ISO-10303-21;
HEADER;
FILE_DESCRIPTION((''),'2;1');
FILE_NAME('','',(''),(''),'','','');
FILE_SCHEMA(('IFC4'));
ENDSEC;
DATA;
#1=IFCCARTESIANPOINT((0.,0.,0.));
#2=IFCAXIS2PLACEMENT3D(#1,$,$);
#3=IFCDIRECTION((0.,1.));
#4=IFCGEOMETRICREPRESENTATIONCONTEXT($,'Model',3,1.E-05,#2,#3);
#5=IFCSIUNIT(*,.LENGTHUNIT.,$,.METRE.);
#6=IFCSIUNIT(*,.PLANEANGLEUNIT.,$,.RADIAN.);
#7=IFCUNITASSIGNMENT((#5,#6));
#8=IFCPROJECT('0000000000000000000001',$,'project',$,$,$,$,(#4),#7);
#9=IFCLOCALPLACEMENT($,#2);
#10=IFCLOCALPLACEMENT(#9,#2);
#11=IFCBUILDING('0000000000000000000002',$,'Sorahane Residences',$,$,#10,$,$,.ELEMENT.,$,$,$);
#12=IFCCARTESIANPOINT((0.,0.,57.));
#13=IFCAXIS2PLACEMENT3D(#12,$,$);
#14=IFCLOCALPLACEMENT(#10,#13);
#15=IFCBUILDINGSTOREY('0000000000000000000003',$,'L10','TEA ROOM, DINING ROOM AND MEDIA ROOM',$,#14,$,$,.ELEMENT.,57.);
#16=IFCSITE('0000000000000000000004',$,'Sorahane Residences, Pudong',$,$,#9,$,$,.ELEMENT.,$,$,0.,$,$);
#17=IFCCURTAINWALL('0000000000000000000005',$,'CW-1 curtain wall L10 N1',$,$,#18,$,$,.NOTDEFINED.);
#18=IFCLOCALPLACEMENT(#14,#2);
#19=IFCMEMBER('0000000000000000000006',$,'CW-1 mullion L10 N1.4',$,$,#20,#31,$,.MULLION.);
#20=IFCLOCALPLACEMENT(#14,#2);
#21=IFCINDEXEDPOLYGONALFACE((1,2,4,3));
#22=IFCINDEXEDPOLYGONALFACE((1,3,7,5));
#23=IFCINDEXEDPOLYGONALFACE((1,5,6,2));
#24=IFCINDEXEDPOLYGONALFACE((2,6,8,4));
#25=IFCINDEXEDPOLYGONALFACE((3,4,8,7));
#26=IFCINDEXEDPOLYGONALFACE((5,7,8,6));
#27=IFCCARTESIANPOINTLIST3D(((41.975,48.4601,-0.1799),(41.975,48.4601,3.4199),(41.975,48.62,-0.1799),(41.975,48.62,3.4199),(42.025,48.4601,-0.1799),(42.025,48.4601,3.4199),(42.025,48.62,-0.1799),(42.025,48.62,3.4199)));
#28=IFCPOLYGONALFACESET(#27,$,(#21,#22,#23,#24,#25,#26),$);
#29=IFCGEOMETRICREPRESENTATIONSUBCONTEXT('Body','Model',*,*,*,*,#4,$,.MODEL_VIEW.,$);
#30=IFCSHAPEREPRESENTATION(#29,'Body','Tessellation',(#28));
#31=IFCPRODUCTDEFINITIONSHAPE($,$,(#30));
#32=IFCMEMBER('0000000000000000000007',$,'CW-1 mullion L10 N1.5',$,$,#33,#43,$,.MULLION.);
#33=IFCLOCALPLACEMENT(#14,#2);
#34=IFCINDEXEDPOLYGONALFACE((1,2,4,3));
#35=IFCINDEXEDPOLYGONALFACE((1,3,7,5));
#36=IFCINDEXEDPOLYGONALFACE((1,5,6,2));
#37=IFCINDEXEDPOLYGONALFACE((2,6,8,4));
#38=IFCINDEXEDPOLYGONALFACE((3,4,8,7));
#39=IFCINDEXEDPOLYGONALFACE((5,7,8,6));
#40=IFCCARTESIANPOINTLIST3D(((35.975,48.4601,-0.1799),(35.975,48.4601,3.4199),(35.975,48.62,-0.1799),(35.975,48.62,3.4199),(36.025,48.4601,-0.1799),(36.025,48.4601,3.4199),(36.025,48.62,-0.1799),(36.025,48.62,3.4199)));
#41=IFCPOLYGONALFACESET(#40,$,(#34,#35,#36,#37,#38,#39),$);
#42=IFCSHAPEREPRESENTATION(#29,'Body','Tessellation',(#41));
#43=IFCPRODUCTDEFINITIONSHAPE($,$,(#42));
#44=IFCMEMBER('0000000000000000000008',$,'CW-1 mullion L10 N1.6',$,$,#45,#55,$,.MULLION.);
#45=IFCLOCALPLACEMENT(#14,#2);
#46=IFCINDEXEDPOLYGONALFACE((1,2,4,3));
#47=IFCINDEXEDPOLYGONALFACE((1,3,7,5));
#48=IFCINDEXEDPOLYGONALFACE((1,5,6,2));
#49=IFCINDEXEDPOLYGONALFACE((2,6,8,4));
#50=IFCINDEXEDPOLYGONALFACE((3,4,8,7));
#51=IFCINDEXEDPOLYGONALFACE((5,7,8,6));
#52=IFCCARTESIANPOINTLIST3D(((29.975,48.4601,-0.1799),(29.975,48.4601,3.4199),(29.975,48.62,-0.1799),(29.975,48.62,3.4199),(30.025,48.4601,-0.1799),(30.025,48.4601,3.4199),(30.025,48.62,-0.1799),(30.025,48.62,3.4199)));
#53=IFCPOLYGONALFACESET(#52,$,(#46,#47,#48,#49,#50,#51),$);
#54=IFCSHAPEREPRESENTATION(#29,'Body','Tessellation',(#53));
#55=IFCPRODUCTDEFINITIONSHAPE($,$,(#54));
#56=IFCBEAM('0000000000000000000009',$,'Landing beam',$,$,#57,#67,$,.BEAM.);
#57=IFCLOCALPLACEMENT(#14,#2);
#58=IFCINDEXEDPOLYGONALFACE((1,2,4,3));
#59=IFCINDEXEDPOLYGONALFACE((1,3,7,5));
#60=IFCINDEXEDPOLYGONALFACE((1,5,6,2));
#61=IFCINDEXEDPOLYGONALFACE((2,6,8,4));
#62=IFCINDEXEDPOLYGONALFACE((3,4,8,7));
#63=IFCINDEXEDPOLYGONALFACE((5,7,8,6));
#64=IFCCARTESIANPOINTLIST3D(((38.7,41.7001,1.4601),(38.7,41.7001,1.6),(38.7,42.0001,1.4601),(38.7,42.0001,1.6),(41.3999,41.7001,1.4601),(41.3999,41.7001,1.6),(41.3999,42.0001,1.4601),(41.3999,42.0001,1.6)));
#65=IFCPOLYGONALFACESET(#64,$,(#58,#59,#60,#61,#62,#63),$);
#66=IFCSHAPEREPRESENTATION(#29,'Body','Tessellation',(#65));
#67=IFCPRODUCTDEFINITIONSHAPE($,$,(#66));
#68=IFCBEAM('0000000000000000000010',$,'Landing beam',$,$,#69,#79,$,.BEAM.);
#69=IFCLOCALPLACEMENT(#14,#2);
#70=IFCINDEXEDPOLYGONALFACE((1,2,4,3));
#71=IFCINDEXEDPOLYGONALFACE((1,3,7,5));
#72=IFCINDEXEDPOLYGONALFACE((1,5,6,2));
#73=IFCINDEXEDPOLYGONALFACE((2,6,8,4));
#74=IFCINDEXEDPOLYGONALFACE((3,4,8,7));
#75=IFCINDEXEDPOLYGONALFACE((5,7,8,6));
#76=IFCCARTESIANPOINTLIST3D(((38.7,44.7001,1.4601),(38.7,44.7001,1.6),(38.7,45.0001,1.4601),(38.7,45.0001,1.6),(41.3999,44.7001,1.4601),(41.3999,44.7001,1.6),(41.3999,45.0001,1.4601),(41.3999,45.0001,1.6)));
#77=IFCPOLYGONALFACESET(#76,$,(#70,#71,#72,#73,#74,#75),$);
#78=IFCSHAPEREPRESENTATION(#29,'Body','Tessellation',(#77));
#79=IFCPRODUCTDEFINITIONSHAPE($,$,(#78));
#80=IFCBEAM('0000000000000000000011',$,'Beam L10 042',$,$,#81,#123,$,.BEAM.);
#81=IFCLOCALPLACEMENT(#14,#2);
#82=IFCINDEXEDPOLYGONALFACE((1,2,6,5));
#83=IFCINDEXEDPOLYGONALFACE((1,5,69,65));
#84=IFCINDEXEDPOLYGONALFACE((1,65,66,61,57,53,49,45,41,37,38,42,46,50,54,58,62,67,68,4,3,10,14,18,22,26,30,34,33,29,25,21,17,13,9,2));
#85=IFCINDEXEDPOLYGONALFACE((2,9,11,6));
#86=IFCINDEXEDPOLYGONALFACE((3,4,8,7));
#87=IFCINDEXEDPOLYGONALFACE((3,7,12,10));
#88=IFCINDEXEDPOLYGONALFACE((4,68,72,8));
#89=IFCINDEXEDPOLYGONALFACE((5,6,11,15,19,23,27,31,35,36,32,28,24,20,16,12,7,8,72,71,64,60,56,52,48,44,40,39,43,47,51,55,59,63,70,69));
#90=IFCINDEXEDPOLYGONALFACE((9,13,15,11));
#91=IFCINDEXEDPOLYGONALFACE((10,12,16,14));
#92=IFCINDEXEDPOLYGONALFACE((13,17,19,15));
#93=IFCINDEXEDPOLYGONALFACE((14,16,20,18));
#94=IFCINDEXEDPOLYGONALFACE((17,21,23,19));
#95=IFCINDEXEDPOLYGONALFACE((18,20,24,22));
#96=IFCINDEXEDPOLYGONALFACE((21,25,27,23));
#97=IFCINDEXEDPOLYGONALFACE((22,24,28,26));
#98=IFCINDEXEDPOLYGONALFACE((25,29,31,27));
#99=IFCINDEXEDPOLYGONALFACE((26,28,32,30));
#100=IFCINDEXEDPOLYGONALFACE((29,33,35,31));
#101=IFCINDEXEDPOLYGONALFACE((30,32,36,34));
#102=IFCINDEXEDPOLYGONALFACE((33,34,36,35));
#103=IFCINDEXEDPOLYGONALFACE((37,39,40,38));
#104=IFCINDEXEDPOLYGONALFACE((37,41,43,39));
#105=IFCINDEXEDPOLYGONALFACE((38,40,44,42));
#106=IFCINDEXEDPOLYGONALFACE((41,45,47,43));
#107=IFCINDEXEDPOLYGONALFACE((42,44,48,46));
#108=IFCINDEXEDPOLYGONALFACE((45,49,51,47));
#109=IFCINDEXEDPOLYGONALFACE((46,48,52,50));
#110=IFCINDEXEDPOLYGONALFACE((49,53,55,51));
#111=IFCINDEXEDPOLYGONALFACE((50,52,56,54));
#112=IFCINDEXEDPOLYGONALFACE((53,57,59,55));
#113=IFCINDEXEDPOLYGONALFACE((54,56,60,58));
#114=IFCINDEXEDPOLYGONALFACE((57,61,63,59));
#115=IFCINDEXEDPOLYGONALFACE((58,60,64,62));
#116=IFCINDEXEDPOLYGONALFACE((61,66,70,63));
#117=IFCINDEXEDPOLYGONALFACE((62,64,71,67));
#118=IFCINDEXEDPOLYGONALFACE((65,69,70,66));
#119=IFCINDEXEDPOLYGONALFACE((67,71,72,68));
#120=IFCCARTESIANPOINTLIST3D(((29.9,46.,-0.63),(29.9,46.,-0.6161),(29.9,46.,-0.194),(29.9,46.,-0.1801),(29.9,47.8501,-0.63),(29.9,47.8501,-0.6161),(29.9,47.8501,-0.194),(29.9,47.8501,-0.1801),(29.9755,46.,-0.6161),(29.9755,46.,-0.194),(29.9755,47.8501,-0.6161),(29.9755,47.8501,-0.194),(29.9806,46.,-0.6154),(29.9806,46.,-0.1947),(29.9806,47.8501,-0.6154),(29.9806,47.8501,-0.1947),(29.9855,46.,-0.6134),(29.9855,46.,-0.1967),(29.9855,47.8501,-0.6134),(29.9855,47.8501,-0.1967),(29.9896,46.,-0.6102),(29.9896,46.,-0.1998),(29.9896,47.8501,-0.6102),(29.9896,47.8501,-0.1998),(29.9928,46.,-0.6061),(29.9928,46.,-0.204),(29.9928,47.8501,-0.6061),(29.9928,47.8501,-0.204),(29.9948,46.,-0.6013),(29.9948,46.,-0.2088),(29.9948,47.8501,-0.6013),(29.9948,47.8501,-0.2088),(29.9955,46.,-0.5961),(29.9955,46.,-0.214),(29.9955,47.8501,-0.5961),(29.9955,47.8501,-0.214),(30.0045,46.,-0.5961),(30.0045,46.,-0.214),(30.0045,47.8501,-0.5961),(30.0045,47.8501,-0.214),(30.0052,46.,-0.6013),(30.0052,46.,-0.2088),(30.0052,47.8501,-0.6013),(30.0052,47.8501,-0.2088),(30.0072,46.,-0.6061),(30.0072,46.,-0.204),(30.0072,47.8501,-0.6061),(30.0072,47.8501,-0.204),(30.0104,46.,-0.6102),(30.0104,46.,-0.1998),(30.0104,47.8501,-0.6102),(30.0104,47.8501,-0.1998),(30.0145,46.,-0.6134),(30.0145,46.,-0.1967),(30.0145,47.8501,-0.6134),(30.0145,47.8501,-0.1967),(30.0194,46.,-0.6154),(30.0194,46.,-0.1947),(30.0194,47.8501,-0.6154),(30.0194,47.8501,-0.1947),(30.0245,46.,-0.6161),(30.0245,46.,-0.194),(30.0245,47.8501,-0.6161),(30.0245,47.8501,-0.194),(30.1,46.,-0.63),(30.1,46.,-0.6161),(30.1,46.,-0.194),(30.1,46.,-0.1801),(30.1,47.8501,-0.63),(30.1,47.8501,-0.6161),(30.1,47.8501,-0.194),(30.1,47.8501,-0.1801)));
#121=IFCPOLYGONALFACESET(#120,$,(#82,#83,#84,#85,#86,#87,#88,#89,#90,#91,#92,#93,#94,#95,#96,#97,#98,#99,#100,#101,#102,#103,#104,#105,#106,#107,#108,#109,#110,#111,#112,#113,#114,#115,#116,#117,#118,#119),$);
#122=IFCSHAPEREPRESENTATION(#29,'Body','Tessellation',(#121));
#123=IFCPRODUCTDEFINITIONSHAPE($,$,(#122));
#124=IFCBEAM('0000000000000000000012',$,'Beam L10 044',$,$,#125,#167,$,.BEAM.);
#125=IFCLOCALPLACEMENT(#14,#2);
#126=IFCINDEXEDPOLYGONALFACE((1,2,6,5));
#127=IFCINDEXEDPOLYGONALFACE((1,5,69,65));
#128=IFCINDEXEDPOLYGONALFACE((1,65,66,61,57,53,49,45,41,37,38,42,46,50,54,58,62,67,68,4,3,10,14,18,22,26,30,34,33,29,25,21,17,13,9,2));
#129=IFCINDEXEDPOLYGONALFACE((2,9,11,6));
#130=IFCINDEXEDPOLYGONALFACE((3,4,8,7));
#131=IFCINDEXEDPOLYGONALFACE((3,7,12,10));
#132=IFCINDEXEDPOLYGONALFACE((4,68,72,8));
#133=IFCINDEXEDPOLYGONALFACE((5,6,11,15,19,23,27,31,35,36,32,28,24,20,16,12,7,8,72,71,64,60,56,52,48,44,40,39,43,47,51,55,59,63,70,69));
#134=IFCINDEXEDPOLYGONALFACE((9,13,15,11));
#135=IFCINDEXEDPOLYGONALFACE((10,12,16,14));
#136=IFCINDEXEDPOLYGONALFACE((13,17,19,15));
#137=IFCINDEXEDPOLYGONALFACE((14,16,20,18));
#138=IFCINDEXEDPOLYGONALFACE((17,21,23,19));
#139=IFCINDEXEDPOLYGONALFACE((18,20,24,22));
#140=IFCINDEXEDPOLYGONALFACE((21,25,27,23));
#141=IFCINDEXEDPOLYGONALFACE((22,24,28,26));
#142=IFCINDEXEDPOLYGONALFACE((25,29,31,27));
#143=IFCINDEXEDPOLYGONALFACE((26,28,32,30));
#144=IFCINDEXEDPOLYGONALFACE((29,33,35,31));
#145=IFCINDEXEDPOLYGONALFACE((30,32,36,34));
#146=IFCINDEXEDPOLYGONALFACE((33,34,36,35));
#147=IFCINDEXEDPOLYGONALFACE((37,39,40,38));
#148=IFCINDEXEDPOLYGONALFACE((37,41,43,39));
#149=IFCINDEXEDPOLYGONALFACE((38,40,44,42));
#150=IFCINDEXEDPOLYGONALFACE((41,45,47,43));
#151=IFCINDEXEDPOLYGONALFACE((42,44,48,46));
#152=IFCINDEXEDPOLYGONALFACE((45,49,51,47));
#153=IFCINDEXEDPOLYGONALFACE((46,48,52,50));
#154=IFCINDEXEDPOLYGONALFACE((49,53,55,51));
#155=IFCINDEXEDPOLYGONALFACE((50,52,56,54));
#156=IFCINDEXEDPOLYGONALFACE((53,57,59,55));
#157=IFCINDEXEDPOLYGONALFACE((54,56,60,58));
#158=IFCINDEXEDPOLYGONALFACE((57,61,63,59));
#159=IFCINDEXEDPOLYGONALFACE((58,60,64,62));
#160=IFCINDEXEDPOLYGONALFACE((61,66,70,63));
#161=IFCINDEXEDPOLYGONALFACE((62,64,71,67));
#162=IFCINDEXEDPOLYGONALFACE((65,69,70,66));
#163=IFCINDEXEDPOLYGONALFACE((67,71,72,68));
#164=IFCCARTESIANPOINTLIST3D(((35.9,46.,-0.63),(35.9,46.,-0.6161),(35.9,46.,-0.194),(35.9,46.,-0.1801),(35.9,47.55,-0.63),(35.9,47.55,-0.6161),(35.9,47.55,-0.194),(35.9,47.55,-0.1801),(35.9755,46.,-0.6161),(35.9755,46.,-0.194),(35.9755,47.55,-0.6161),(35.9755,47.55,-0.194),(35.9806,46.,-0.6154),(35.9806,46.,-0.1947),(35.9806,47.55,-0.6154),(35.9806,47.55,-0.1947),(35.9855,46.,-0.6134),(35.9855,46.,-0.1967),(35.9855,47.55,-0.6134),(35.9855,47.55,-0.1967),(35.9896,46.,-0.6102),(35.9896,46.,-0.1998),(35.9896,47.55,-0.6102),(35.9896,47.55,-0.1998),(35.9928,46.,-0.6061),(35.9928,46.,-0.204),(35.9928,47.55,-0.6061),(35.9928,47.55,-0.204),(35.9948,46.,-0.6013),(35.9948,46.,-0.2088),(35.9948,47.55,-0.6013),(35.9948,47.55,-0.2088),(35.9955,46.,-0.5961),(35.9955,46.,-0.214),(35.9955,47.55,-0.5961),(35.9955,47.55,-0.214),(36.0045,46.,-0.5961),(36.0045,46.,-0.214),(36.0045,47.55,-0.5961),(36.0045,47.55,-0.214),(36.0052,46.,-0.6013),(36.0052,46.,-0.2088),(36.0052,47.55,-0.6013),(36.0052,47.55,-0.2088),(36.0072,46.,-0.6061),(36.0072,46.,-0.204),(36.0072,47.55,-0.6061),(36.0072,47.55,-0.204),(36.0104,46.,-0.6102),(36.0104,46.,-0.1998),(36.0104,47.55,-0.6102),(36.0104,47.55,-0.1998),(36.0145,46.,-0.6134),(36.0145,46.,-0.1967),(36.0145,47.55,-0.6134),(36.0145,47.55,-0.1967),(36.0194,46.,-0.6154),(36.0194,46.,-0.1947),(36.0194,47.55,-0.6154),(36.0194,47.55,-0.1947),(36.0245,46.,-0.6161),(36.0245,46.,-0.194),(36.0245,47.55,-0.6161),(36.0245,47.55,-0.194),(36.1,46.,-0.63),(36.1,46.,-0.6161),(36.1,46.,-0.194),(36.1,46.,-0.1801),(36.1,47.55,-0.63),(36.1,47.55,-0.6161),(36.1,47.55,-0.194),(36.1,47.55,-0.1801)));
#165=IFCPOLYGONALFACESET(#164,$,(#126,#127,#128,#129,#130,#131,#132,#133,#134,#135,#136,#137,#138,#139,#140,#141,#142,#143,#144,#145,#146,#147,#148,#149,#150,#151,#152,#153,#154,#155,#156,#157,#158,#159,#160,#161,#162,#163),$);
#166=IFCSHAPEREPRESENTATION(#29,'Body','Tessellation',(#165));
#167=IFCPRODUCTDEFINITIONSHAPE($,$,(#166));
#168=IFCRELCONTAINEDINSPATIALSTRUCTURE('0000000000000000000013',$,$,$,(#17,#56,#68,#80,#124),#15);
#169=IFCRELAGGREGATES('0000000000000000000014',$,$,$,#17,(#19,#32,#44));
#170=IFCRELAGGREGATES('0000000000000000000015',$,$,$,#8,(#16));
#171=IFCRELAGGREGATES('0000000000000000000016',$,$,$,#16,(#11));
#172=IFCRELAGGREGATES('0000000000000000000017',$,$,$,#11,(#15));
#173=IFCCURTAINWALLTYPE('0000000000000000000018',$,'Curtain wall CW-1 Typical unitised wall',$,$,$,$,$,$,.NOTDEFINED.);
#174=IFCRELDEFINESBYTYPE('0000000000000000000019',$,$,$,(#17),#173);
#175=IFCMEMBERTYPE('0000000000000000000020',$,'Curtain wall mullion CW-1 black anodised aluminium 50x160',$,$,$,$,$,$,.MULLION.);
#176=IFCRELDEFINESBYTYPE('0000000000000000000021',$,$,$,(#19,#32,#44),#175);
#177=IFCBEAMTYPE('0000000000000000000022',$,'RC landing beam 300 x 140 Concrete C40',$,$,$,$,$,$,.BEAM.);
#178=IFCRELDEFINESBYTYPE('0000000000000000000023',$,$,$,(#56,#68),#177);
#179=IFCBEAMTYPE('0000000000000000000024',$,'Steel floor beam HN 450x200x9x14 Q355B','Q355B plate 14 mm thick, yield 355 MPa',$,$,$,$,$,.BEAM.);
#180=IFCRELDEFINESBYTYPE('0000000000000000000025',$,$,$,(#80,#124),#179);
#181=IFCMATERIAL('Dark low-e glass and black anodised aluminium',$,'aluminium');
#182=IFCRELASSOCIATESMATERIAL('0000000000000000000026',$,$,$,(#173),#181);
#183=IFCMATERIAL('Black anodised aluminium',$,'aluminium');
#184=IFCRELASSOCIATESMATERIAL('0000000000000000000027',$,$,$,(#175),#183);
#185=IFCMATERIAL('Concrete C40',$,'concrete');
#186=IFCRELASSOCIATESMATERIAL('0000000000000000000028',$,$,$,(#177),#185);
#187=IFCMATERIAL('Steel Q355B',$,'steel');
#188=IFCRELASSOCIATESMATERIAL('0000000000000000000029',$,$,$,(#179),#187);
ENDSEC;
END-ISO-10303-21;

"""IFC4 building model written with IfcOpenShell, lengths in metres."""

from ifc_helpers import new_model, si_unit, direction, frame, origin, origin_2d, place, context, subcontext, project, spatial, rectangle, i_section, extrude, material, material_profile, profile_set, type_object, element, aggregate, save


model = new_model("IFC4")

# Units and contexts
model_context = context("Model", 3, precision=1e-05, world=origin(), true_north=direction((0.0, 1.0)))
body_context = subcontext(model_context, "Body", "Model", "MODEL_VIEW")
ifc_project = project(units=[si_unit("LENGTHUNIT", "METRE"), si_unit("PLANEANGLEUNIT", "RADIAN")], contexts=[model_context])

# Site, building, storey
site_placement = place(None, origin())
site = spatial("IfcSite", under=ifc_project, at=site_placement, Name="Sorahane Residences, Pudong", CompositionType="ELEMENT", RefElevation=0.0)
building_placement = place(site_placement, origin())
building = spatial("IfcBuilding", under=site, at=building_placement, Name="Sorahane Residences", CompositionType="ELEMENT")
storey_placement = place(building_placement, frame((0.0, 0.0, 57.0)))
storey = spatial("IfcBuildingStorey", under=building, at=storey_placement, Name="L10", Description="TEA ROOM, DINING ROOM AND MEDIA ROOM", CompositionType="ELEMENT", Elevation=57.0)

# Curtain wall, members
ifc_material_1 = material(Name="Dark low-e glass and black anodised aluminium", Category="aluminium")
curtain_wall_type = type_object("IfcCurtainWallType", Name="Curtain wall CW-1 Typical unitised wall", PredefinedType="NOTDEFINED", material=ifc_material_1)
curtain_wall_placement = place(storey_placement, origin())
curtain_wall = element("IfcCurtainWall", 1, at=curtain_wall_placement, inside=storey, type_object=curtain_wall_type, Name="CW-1 curtain wall L10 N1", PredefinedType="NOTDEFINED")
ifc_material_2 = material(Name="Black anodised aluminium", Category="aluminium")
ifc_material_profile_1 = material_profile(ifc_material_2, rectangle(XDim=0.1599, YDim=0.05, at=origin_2d()), Name="Curtain wall mullion CW-1 black anodised aluminium 50x160")
ifc_profile_set_1 = profile_set([ifc_material_profile_1], Name="Black anodised aluminium")
member_type_1 = type_object("IfcMemberType", Name="Curtain wall mullion CW-1 black anodised aluminium 50x160", PredefinedType="MULLION", material=ifc_profile_set_1)
member_1_placement = place(storey_placement, frame((42.0, 48.54, -0.1799), z_axis=(0.0, 0.0, 1.0), x_axis=(0.0, 1.0, 0.0)))
member_1 = element("IfcMember", 2, at=member_1_placement, type_object=member_type_1, Name="CW-1 mullion L10 N1.4", PredefinedType="MULLION", context=body_context, shape_type="SweptSolid", body=[
    extrude(rectangle(XDim=0.1599, YDim=0.05, at=origin_2d()), origin(), (0.0, 0.0, 1.0), 3.5999),
])
member_2_placement = place(storey_placement, frame((36.0, 48.54, -0.1799), z_axis=(0.0, 0.0, 1.0), x_axis=(0.0, 1.0, 0.0)))
member_2 = element("IfcMember", 3, at=member_2_placement, type_object=member_type_1, Name="CW-1 mullion L10 N1.5", PredefinedType="MULLION", context=body_context, shape_type="SweptSolid", body=[
    extrude(rectangle(XDim=0.1599, YDim=0.05, at=origin_2d()), origin(), (0.0, 0.0, 1.0), 3.5999),
])
member_3_placement = place(storey_placement, frame((30.0, 48.54, -0.1799), z_axis=(0.0, 0.0, 1.0), x_axis=(0.0, 1.0, 0.0)))
member_3 = element("IfcMember", 4, at=member_3_placement, type_object=member_type_1, Name="CW-1 mullion L10 N1.6", PredefinedType="MULLION", context=body_context, shape_type="SweptSolid", body=[
    extrude(rectangle(XDim=0.1599, YDim=0.05, at=origin_2d()), origin(), (0.0, 0.0, 1.0), 3.5999),
])

# Beams
ifc_material_3 = material(Name="Concrete C40", Category="concrete")
ifc_material_profile_2 = material_profile(ifc_material_3, rectangle(XDim=0.3, YDim=0.1399, at=origin_2d()), Name="300x140")
ifc_profile_set_2 = profile_set([ifc_material_profile_2], Name="Concrete C40")
beam_type_1 = type_object("IfcBeamType", Name="RC landing beam 300 x 140 Concrete C40", PredefinedType="BEAM", material=ifc_profile_set_2)
for number, where, z_axis, x_axis, name in (
    (5, (38.7, 41.8501, 1.53), (1.0, 0.0, 0.0), (0.0, 1.0, 0.0), "Landing beam"),
    (6, (38.7, 44.8501, 1.53), (1.0, 0.0, 0.0), (0.0, 1.0, 0.0), "Landing beam"),
):
    element("IfcBeam", number, at=place(storey_placement, frame(where, z_axis=z_axis, x_axis=x_axis)), inside=storey, type_object=beam_type_1, Name=name, PredefinedType="BEAM", context=body_context, shape_type="SweptSolid", body=[
        extrude(rectangle(XDim=0.3, YDim=0.1399, at=origin_2d()), origin(), (0.0, 0.0, 1.0), 2.7),
    ])
ifc_material_4 = material(Name="Steel Q355B", Category="steel")
ifc_material_profile_3 = material_profile(ifc_material_4, i_section(OverallWidth=0.2, OverallDepth=0.45, WebThickness=0.009, FlangeThickness=0.0139, FilletRadius=0.02, at=origin_2d()), Name="HN 450x200x9x14")
ifc_profile_set_3 = profile_set([ifc_material_profile_3], Name="Steel Q355B")
beam_type_2 = type_object("IfcBeamType", Name="Steel floor beam HN 450x200x9x14 Q355B", Description="Q355B plate 14 mm thick, yield 355 MPa", PredefinedType="BEAM", material=ifc_profile_set_3)
beam_1_placement = place(storey_placement, frame((30.0, 46.0, -0.405), z_axis=(0.0, 1.0, 0.0), x_axis=(-1.0, 0.0, 0.0)))
element("IfcBeam", 7, at=beam_1_placement, inside=storey, type_object=beam_type_2, Name="Beam L10 042", PredefinedType="BEAM", context=body_context, shape_type="SweptSolid", body=[
    extrude(i_section(OverallWidth=0.2, OverallDepth=0.45, WebThickness=0.009, FlangeThickness=0.0139, FilletRadius=0.02, at=origin_2d()), origin(), (0.0, 0.0, 1.0), 1.8501),
])
beam_2_placement = place(storey_placement, frame((36.0, 46.0, -0.405), z_axis=(0.0, 1.0, 0.0), x_axis=(-1.0, 0.0, 0.0)))
element("IfcBeam", 8, at=beam_2_placement, inside=storey, type_object=beam_type_2, Name="Beam L10 044", PredefinedType="BEAM", context=body_context, shape_type="SweptSolid", body=[
    extrude(i_section(OverallWidth=0.2, OverallDepth=0.45, WebThickness=0.009, FlangeThickness=0.0139, FilletRadius=0.02, at=origin_2d()), origin(), (0.0, 0.0, 1.0), 1.55),
])

aggregate(curtain_wall, [member_1, member_2, member_3])

save(model, "model.ifc")
